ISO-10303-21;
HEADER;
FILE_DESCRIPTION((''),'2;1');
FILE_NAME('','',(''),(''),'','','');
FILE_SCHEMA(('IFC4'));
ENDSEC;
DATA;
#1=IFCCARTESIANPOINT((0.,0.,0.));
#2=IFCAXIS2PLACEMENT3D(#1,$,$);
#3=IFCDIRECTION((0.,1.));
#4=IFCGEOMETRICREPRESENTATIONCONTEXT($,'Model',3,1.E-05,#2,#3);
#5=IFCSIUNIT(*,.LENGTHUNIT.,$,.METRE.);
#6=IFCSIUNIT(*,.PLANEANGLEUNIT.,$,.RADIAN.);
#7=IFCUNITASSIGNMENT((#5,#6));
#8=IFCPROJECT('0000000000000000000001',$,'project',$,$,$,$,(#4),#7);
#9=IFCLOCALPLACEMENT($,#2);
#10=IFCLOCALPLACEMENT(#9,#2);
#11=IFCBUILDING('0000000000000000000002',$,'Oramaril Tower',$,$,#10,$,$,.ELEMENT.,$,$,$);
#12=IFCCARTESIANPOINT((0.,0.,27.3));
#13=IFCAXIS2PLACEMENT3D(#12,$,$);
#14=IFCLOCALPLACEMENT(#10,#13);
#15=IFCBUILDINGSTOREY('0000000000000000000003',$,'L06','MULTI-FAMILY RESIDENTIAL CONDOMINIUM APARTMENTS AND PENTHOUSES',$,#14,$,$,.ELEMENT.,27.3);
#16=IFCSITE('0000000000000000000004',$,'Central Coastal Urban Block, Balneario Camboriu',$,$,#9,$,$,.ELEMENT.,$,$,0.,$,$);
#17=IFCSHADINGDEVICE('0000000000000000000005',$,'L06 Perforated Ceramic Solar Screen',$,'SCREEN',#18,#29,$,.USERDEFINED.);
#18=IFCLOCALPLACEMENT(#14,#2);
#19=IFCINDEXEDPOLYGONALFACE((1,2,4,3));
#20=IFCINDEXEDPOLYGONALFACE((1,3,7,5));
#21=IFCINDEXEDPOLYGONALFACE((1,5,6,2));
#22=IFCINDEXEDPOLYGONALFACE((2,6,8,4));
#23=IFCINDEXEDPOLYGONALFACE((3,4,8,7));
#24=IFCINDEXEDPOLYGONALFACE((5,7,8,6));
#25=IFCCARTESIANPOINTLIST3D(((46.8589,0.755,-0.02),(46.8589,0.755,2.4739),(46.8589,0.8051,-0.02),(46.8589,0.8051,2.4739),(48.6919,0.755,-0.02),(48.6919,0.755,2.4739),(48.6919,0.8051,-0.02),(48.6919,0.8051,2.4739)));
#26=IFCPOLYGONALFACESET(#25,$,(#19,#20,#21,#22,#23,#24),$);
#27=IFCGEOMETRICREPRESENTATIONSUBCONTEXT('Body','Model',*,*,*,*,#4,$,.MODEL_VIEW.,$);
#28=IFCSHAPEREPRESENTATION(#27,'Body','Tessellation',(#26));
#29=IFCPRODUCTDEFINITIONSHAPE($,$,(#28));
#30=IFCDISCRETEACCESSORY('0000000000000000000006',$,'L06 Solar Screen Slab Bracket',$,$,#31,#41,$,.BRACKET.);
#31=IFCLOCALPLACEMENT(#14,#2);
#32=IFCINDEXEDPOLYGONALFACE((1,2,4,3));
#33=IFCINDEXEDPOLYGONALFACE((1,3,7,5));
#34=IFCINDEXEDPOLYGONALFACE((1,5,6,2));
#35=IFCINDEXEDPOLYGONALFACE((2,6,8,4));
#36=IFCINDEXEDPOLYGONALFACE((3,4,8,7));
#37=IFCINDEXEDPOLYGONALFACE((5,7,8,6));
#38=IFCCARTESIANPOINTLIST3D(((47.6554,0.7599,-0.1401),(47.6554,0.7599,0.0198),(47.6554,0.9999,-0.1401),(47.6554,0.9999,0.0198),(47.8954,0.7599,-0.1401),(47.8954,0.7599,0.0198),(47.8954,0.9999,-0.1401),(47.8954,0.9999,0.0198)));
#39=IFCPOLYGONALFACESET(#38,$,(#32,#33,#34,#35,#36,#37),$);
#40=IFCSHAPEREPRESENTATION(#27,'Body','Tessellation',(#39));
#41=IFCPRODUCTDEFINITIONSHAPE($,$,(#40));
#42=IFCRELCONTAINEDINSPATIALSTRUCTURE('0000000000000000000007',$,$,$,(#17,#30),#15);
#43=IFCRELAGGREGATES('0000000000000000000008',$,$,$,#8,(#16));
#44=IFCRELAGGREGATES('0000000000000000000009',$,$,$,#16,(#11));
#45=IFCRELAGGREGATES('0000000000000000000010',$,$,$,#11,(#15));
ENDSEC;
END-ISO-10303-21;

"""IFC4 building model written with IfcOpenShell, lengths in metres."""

from ifc_helpers import new_model, si_unit, direction, frame, origin, origin_2d, place, context, subcontext, project, spatial, rectangle, extrude, element, save


model = new_model("IFC4")

# Units and contexts
model_context = context("Model", 3, precision=1e-05, world=origin(), true_north=direction((0.0, 1.0)))
body_context = subcontext(model_context, "Body", "Model", "MODEL_VIEW")
ifc_project = project(units=[si_unit("LENGTHUNIT", "METRE"), si_unit("PLANEANGLEUNIT", "RADIAN")], contexts=[model_context])

# Site, building, storey
site_placement = place(None, origin())
site = spatial("IfcSite", under=ifc_project, at=site_placement, Name="Central Coastal Urban Block, Balneario Camboriu", CompositionType="ELEMENT", RefElevation=0.0)
building_placement = place(site_placement, origin())
building = spatial("IfcBuilding", under=site, at=building_placement, Name="Oramaril Tower", CompositionType="ELEMENT")
storey_placement = place(building_placement, frame((0.0, 0.0, 27.3)))
storey = spatial("IfcBuildingStorey", under=building, at=storey_placement, Name="L06", Description="MULTI-FAMILY RESIDENTIAL CONDOMINIUM APARTMENTS AND PENTHOUSES", CompositionType="ELEMENT", Elevation=27.3)

# Shading device
shading_device_placement = place(storey_placement, frame((47.7754, 0.78, -0.02), z_axis=(0.0, 0.0, 1.0), x_axis=(1.0, 0.0, 0.0)))
element("IfcShadingDevice", 1, at=shading_device_placement, inside=storey, Name="L06 Perforated Ceramic Solar Screen", ObjectType="SCREEN", PredefinedType="USERDEFINED", context=body_context, shape_type="SweptSolid", body=[
    extrude(rectangle(XDim=1.833, YDim=0.05, at=origin_2d()), origin(), (0.0, 0.0, 1.0), 2.4939),
])

# Discrete accessory
discrete_accessory_placement = place(storey_placement, frame((47.7754, 0.8799, -0.1401), z_axis=(0.0, 0.0, 1.0), x_axis=(1.0, 0.0, 0.0)))
element("IfcDiscreteAccessory", 2, at=discrete_accessory_placement, inside=storey, Name="L06 Solar Screen Slab Bracket", PredefinedType="BRACKET", context=body_context, shape_type="SweptSolid", body=[
    extrude(rectangle(XDim=0.24, YDim=0.24, at=origin_2d()), origin(), (0.0, 0.0, 1.0), 0.1599),
])

save(model, "model.ifc")
